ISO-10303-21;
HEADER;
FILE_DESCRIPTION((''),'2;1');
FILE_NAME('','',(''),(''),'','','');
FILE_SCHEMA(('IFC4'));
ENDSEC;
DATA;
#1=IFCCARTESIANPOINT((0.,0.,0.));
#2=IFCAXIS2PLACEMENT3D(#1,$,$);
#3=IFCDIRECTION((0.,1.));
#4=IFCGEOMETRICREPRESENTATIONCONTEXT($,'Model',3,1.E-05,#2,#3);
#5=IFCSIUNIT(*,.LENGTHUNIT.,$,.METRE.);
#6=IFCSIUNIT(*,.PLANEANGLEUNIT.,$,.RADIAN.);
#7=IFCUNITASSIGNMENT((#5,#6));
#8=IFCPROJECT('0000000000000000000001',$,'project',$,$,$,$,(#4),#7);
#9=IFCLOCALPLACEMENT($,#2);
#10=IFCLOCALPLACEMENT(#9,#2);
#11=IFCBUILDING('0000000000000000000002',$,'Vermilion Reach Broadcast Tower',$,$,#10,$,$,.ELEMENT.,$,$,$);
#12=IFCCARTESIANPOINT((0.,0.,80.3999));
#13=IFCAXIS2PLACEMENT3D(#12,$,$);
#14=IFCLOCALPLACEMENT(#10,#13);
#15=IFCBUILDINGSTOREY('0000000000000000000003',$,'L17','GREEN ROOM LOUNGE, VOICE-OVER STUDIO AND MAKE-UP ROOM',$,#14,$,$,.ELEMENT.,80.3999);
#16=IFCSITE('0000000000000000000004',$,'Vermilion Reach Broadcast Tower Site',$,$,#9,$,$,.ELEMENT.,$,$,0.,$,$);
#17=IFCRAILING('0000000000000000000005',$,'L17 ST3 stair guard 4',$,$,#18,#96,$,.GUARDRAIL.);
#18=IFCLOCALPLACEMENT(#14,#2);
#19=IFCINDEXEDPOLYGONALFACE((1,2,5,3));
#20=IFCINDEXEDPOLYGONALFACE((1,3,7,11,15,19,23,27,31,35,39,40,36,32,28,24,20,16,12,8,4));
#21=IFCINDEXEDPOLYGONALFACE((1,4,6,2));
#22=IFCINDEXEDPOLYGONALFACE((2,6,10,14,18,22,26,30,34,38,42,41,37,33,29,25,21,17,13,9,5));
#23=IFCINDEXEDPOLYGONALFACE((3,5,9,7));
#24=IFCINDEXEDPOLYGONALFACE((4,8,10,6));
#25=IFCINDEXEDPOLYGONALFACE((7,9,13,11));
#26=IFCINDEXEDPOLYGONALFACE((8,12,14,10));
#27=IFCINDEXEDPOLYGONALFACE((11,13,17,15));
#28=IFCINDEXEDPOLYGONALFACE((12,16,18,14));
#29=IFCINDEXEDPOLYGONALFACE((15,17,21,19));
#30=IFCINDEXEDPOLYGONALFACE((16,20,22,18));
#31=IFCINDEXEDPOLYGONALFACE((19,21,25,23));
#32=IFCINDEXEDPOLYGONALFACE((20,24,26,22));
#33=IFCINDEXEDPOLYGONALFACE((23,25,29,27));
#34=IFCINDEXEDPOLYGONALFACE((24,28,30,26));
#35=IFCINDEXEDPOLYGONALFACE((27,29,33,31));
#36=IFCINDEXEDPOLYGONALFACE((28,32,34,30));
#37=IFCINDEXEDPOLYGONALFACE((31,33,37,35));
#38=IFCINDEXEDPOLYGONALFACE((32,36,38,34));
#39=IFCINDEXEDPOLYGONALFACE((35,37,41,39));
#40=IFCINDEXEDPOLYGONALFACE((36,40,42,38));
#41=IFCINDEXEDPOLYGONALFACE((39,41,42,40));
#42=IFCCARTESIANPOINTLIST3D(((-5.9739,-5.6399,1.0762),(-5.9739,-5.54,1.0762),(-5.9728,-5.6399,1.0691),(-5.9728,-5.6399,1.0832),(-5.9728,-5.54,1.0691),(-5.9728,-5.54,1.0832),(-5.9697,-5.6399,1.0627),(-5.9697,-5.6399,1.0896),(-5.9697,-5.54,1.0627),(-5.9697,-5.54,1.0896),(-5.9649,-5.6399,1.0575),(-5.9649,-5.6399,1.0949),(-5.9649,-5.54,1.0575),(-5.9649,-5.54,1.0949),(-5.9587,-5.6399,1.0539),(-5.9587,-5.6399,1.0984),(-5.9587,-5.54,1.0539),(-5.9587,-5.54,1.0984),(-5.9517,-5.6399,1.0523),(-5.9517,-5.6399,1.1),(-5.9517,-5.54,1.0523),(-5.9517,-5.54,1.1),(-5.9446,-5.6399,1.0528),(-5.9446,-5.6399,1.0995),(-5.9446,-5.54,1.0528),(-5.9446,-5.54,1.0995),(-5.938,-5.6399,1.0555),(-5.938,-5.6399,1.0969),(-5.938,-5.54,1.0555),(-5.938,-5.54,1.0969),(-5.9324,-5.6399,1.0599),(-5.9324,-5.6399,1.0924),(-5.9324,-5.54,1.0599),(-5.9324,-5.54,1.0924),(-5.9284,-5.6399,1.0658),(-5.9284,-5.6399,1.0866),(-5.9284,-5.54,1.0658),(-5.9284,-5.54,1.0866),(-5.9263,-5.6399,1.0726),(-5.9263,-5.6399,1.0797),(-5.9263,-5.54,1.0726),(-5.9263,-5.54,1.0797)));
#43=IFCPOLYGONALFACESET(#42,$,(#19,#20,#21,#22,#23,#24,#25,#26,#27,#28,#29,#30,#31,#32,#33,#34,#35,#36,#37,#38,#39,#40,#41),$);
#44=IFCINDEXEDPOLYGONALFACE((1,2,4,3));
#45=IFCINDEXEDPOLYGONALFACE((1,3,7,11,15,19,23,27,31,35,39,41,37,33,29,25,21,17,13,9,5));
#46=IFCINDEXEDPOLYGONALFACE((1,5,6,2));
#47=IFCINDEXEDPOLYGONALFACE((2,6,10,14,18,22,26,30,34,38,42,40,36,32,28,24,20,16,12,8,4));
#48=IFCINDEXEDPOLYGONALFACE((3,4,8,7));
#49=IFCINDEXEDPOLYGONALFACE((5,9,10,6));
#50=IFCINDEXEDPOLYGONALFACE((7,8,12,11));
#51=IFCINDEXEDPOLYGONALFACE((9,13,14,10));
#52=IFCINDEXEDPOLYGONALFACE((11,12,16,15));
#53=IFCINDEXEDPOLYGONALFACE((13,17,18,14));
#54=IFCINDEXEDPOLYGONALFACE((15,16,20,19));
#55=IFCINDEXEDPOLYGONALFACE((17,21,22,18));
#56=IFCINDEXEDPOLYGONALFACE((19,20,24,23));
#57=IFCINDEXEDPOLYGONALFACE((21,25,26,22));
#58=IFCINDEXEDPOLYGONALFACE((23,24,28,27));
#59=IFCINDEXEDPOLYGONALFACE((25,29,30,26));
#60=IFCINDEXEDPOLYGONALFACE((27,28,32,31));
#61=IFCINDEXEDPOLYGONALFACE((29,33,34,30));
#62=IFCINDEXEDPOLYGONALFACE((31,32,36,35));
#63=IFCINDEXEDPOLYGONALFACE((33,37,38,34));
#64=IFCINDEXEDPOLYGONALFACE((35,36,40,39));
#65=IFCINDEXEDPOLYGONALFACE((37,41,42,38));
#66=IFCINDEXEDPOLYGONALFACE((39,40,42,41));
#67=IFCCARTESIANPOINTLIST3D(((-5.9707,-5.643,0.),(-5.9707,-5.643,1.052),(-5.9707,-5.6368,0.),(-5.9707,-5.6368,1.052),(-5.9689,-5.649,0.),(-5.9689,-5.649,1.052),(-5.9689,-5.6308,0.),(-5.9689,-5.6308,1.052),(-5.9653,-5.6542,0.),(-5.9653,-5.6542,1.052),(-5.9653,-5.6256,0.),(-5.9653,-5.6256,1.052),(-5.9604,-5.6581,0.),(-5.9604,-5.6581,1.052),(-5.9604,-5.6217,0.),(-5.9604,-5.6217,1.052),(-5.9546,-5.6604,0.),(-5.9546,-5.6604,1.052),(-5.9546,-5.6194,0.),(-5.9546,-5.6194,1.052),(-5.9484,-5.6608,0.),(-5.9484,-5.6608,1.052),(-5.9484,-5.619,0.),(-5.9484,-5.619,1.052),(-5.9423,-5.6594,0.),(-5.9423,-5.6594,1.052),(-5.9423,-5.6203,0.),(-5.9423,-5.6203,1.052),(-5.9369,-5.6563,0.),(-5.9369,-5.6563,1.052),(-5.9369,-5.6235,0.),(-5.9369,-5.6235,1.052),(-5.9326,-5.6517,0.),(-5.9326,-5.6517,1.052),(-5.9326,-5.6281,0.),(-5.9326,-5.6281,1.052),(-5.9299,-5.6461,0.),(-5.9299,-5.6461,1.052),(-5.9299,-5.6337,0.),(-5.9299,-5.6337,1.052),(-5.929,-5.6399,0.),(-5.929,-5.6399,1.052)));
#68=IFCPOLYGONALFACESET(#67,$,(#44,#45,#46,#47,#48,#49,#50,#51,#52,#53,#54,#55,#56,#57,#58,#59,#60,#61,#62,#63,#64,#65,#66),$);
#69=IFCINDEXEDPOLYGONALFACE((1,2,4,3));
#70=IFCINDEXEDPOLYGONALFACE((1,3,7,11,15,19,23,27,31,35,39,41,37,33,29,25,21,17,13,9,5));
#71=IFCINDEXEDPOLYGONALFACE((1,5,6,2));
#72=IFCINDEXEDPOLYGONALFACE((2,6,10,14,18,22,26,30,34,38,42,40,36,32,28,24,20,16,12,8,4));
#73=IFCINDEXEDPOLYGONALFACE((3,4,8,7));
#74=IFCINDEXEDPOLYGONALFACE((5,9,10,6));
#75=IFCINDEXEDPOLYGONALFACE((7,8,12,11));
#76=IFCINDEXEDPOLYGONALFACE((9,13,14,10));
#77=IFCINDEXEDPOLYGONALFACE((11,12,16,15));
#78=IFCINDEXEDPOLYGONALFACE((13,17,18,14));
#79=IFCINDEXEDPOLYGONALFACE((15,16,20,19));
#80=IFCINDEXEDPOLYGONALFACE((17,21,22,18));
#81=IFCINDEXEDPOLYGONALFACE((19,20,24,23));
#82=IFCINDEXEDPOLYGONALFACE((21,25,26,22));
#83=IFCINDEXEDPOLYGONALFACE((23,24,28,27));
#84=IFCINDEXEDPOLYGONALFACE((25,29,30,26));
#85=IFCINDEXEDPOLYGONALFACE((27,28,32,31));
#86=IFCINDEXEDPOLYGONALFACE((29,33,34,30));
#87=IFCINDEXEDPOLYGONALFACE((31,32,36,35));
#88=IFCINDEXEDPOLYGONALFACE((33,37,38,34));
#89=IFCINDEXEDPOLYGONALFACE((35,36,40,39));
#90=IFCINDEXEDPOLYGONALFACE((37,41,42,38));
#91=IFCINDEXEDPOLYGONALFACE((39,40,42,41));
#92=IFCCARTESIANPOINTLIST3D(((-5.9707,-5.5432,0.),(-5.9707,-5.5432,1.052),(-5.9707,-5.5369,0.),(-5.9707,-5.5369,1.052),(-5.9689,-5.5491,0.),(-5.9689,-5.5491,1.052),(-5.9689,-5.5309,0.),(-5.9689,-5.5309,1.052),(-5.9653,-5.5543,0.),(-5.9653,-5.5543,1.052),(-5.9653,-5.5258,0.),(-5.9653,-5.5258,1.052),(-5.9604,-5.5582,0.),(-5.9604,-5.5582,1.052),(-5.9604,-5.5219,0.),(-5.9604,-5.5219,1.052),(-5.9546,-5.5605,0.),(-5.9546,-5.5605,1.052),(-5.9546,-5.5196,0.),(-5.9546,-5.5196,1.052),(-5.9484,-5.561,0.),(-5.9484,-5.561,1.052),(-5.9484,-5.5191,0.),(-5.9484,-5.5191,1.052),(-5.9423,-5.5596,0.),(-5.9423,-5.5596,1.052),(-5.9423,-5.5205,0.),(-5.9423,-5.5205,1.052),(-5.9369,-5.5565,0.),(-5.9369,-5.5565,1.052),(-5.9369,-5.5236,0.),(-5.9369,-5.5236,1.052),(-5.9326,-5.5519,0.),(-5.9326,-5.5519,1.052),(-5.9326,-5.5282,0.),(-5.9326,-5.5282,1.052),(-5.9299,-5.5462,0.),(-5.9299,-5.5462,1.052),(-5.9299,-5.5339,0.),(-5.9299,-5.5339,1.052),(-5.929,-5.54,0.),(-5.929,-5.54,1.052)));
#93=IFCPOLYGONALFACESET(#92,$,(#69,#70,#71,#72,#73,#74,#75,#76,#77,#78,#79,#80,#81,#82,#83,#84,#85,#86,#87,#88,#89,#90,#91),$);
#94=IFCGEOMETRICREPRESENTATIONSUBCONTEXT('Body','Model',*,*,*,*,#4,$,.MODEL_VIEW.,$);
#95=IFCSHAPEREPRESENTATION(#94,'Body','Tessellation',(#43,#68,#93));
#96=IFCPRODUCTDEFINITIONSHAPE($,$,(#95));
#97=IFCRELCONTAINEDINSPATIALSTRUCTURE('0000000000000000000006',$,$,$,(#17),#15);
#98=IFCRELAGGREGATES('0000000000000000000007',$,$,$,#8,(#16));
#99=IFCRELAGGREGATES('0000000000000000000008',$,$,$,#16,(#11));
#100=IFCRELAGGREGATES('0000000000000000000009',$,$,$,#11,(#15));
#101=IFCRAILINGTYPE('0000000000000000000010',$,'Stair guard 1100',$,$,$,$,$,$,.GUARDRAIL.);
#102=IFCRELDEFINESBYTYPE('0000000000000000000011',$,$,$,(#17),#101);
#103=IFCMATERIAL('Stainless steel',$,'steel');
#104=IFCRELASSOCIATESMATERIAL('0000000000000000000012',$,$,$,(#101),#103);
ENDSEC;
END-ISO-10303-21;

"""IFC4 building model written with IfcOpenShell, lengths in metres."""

from ifc_helpers import new_model, si_unit, direction, frame, origin, origin_2d, place, context, subcontext, project, spatial, circle, extrude, material, type_object, element, save


model = new_model("IFC4")

# Units and contexts
model_context = context("Model", 3, precision=1e-05, world=origin(), true_north=direction((0.0, 1.0)))
body_context = subcontext(model_context, "Body", "Model", "MODEL_VIEW")
ifc_project = project(units=[si_unit("LENGTHUNIT", "METRE"), si_unit("PLANEANGLEUNIT", "RADIAN")], contexts=[model_context])

# Site, building, storey
site_placement = place(None, origin())
site = spatial("IfcSite", under=ifc_project, at=site_placement, Name="Vermilion Reach Broadcast Tower Site", CompositionType="ELEMENT", RefElevation=0.0)
building_placement = place(site_placement, origin())
building = spatial("IfcBuilding", under=site, at=building_placement, Name="Vermilion Reach Broadcast Tower", CompositionType="ELEMENT")
storey_placement = place(building_placement, frame((0.0, 0.0, 80.3999)))
storey = spatial("IfcBuildingStorey", under=building, at=storey_placement, Name="L17", Description="GREEN ROOM LOUNGE, VOICE-OVER STUDIO AND MAKE-UP ROOM", CompositionType="ELEMENT", Elevation=80.3999)

# Railing
ifc_material_1 = material(Name="Stainless steel", Category="steel")
railing_type_1 = type_object("IfcRailingType", Name="Stair guard 1100", PredefinedType="GUARDRAIL", material=ifc_material_1)
railing_1_placement = place(storey_placement, frame((-5.95, -5.6399, 0.0)))
element("IfcRailing", 1, at=railing_1_placement, inside=storey, type_object=railing_type_1, Name="L17 ST3 stair guard 4", PredefinedType="GUARDRAIL", context=body_context, shape_type="SweptSolid", body=[
    extrude(circle(Radius=0.0239, at=origin_2d()), frame((0.0, 0.0, 1.0762), z_axis=(0.0, 1.0, 0.0), x_axis=(-1.0, 0.0, 0.0)), (0.0, 0.0, 1.0), 0.0999),
    extrude(circle(Radius=0.021, at=origin_2d()), origin(), (0.0, 0.0, 1.0), 1.052),
    extrude(circle(Radius=0.021, at=origin_2d()), frame((0.0, 0.0999, 0.0)), (0.0, 0.0, 1.0), 1.052),
])

save(model, "model.ifc")
